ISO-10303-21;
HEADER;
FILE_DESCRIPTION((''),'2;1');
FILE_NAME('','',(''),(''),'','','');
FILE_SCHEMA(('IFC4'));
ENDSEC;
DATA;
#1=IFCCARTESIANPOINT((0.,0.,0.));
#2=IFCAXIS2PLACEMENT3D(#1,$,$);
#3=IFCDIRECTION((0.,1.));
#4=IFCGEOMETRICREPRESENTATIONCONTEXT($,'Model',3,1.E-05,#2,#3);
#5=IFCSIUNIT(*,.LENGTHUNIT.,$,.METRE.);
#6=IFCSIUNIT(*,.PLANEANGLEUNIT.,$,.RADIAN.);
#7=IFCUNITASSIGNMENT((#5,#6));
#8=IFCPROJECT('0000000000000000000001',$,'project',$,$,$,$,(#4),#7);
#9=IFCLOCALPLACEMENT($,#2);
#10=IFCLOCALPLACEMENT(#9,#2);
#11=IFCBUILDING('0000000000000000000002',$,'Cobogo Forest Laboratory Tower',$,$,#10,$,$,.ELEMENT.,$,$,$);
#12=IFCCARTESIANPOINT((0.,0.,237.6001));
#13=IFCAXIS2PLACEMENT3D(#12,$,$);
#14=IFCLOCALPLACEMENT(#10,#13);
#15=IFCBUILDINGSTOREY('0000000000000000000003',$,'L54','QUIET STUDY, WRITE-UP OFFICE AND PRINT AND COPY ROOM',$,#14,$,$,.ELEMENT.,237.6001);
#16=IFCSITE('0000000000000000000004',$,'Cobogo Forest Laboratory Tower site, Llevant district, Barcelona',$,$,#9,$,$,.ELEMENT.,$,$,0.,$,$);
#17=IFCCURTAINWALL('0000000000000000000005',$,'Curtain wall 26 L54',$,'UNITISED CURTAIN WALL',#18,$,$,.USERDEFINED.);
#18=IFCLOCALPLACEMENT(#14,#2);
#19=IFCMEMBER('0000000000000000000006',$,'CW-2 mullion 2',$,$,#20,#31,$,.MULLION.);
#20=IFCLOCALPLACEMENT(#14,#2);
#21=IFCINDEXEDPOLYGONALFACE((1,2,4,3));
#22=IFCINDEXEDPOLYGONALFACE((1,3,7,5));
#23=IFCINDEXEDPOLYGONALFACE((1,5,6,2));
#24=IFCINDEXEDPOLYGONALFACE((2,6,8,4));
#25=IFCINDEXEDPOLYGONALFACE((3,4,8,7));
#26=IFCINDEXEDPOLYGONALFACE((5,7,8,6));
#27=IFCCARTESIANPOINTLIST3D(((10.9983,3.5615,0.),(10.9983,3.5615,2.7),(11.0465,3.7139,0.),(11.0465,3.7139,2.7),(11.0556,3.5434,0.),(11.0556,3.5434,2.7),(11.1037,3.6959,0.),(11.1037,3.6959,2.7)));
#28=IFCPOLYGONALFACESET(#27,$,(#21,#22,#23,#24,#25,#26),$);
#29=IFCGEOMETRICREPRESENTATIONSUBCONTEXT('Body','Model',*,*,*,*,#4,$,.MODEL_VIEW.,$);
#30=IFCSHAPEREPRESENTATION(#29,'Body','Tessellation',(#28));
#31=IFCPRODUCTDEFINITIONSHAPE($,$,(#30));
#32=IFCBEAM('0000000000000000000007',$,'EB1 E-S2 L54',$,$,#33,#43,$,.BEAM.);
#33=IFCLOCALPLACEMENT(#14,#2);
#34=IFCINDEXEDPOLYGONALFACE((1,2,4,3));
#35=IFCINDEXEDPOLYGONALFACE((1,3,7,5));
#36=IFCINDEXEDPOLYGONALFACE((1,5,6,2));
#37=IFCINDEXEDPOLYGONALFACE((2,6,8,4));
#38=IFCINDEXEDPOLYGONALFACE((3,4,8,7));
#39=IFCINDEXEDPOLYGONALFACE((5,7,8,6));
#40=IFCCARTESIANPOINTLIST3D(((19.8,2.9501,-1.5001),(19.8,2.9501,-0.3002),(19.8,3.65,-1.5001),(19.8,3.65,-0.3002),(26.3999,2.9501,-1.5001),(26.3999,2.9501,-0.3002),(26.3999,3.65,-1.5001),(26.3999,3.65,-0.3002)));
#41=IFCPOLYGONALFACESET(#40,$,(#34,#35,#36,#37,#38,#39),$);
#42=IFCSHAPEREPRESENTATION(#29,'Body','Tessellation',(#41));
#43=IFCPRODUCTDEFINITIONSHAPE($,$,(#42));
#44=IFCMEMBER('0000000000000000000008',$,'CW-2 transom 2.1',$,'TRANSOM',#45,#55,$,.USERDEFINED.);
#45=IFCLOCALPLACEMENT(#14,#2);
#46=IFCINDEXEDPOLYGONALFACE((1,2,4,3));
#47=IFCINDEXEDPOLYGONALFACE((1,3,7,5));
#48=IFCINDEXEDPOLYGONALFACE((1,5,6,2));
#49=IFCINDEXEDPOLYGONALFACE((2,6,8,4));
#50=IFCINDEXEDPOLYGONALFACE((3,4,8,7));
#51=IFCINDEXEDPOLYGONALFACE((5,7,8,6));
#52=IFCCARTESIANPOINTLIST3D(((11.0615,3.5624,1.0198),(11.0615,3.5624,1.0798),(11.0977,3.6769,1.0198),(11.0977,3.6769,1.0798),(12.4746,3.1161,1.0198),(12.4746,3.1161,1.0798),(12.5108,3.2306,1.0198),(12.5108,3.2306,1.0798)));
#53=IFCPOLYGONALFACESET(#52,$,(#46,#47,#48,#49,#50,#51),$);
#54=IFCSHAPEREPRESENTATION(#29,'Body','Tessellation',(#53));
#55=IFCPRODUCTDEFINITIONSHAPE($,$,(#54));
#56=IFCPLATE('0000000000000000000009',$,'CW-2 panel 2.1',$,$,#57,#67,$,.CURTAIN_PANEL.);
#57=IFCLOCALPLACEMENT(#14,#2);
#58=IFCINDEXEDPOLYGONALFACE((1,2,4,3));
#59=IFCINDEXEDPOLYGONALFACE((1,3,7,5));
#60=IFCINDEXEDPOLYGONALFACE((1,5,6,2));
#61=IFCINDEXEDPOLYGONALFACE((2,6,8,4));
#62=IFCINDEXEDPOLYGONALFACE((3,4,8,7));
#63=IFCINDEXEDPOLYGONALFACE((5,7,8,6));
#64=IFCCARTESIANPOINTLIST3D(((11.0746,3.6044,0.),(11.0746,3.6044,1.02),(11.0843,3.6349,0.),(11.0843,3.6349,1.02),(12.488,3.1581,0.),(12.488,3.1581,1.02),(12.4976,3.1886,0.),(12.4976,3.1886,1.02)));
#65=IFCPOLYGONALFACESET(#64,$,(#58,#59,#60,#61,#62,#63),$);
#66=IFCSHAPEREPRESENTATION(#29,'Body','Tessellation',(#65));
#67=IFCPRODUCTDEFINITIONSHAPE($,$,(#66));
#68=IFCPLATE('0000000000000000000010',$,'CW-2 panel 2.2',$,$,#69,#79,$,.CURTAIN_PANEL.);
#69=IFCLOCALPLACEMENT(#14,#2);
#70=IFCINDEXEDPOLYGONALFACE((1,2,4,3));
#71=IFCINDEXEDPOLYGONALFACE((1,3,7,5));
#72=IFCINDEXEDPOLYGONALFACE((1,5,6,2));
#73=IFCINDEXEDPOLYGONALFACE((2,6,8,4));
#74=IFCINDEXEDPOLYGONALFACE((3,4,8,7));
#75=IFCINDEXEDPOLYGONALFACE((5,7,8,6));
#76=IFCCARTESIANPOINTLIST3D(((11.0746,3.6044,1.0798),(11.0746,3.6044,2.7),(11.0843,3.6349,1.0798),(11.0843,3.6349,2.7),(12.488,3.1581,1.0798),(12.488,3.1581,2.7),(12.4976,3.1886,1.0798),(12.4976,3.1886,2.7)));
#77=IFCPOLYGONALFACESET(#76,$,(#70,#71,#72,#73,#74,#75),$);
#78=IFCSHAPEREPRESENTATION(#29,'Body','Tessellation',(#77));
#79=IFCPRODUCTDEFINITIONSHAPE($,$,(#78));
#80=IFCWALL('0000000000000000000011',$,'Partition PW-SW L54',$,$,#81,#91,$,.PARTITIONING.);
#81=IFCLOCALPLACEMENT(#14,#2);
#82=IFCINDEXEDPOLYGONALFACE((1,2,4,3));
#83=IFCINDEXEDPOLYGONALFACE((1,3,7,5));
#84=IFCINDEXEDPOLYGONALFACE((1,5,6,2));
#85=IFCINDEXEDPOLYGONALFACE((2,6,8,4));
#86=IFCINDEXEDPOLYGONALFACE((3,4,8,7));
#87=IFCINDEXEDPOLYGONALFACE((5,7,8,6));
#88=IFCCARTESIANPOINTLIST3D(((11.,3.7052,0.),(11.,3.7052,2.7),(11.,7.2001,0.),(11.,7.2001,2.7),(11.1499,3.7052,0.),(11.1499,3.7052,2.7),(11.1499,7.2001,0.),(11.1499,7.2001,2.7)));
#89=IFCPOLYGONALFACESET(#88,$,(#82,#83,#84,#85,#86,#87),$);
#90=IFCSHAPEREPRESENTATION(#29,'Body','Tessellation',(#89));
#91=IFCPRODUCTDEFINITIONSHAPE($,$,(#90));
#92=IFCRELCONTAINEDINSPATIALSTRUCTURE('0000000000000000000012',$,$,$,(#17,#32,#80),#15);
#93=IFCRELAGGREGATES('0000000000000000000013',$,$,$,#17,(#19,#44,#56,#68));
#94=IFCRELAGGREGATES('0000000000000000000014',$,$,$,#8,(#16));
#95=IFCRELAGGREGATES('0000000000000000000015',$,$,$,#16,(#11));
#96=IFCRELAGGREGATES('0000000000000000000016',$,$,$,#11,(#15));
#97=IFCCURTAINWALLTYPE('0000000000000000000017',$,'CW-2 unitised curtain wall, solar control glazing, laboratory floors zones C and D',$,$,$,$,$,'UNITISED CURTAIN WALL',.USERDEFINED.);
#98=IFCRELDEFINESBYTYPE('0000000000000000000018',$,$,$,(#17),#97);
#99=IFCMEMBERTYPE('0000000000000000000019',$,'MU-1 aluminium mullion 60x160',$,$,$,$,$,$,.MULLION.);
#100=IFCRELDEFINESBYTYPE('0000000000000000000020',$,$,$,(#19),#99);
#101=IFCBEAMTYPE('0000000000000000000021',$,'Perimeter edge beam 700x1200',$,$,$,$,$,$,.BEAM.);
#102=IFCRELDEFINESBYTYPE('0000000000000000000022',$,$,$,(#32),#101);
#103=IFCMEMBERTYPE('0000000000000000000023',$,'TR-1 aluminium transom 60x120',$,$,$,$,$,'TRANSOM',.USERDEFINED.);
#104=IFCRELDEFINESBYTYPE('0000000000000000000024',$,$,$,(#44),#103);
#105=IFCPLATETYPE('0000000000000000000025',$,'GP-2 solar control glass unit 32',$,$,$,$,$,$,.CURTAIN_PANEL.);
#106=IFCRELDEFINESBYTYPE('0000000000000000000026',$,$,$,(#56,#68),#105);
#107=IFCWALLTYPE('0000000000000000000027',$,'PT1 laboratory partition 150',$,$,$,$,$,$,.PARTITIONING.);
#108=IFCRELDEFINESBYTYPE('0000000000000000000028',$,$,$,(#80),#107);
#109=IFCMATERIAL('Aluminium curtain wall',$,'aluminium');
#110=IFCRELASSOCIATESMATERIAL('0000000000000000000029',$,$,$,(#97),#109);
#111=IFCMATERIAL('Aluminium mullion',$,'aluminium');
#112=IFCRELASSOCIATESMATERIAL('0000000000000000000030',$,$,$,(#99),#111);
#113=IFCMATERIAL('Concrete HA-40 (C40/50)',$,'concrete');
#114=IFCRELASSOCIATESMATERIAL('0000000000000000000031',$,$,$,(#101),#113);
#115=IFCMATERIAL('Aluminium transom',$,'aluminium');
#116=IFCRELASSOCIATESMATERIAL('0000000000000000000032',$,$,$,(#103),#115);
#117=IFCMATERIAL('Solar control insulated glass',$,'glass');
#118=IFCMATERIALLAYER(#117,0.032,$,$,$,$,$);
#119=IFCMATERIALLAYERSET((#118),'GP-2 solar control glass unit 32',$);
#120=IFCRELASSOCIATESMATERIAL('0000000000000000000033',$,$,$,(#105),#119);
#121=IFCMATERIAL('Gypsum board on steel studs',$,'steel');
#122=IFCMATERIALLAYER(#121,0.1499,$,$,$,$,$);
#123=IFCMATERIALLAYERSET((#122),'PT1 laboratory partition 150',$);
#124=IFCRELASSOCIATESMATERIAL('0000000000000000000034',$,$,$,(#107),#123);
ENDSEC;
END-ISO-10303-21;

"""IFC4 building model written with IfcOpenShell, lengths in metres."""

from ifc_helpers import new_model, si_unit, direction, frame, frame_2d, origin, origin_2d, place, context, subcontext, project, spatial, rectangle, extrude, material, layer, layer_set, material_profile, profile_set, type_object, element, aggregate, save


model = new_model("IFC4")

# Units and contexts
model_context = context("Model", 3, precision=1e-05, world=origin(), true_north=direction((0.0, 1.0)))
body_context = subcontext(model_context, "Body", "Model", "MODEL_VIEW")
ifc_project = project(units=[si_unit("LENGTHUNIT", "METRE"), si_unit("PLANEANGLEUNIT", "RADIAN")], contexts=[model_context])

# Site, building, storey
site_placement = place(None, origin())
site = spatial("IfcSite", under=ifc_project, at=site_placement, Name="Cobogo Forest Laboratory Tower site, Llevant district, Barcelona", CompositionType="ELEMENT", RefElevation=0.0)
building_placement = place(site_placement, origin())
building = spatial("IfcBuilding", under=site, at=building_placement, Name="Cobogo Forest Laboratory Tower", CompositionType="ELEMENT")
storey_placement = place(building_placement, frame((0.0, 0.0, 237.6001)))
storey = spatial("IfcBuildingStorey", under=building, at=storey_placement, Name="L54", Description="QUIET STUDY, WRITE-UP OFFICE AND PRINT AND COPY ROOM", CompositionType="ELEMENT", Elevation=237.6001)

# Curtain wall, member
ifc_material_1 = material(Name="Aluminium curtain wall", Category="aluminium")
curtain_wall_type = type_object("IfcCurtainWallType", Name="CW-2 unitised curtain wall, solar control glazing, laboratory floors zones C and D", ElementType="UNITISED CURTAIN WALL", PredefinedType="USERDEFINED", material=ifc_material_1)
curtain_wall_placement = place(storey_placement, origin())
curtain_wall = element("IfcCurtainWall", 1, at=curtain_wall_placement, inside=storey, type_object=curtain_wall_type, Name="Curtain wall 26 L54", ObjectType="UNITISED CURTAIN WALL", PredefinedType="USERDEFINED")
ifc_material_2 = material(Name="Aluminium mullion", Category="aluminium")
ifc_material_profile_1 = material_profile(ifc_material_2, rectangle(XDim=0.0601, YDim=0.1599, at=origin_2d()), Name="AL 60x160")
ifc_profile_set_1 = profile_set([ifc_material_profile_1], Name="Aluminium mullion")
member_type_1 = type_object("IfcMemberType", Name="MU-1 aluminium mullion 60x160", PredefinedType="MULLION", material=ifc_profile_set_1)
member_1_placement = place(storey_placement, frame((11.051, 3.6287, 0.0), z_axis=(0.0, 0.0, 1.0), x_axis=(0.953581, -0.301136, 0.0)))
member_1 = element("IfcMember", 2, at=member_1_placement, type_object=member_type_1, Name="CW-2 mullion 2", PredefinedType="MULLION", context=body_context, shape_type="SweptSolid", body=[
    extrude(rectangle(XDim=0.0601, YDim=0.1599, at=origin_2d()), origin(), (0.0, 0.0, 1.0), 2.7),
])

# Beam
ifc_material_3 = material(Name="Concrete HA-40 (C40/50)", Category="concrete")
ifc_material_profile_2 = material_profile(ifc_material_3, rectangle(XDim=0.7, YDim=1.2, at=origin_2d()), Name="RC 700x1200")
ifc_profile_set_2 = profile_set([ifc_material_profile_2], Name="Concrete HA-40 (C40/50)")
beam_type = type_object("IfcBeamType", Name="Perimeter edge beam 700x1200", PredefinedType="BEAM", material=ifc_profile_set_2)
beam_placement = place(storey_placement, frame((19.8, 3.3, -0.9001), z_axis=(1.0, 0.0, 0.0), x_axis=(0.0, 1.0, 0.0)))
element("IfcBeam", 3, at=beam_placement, inside=storey, type_object=beam_type, Name="EB1 E-S2 L54", PredefinedType="BEAM", context=body_context, shape_type="SweptSolid", body=[
    extrude(rectangle(XDim=0.7, YDim=1.2, at=origin_2d()), origin(), (0.0, 0.0, 1.0), 6.5999),
])

# Member
ifc_material_4 = material(Name="Aluminium transom", Category="aluminium")
ifc_material_profile_3 = material_profile(ifc_material_4, rectangle(XDim=0.1201, YDim=0.0601, at=origin_2d()), Name="AL 60x120")
ifc_profile_set_3 = profile_set([ifc_material_profile_3], Name="Aluminium transom")
member_type_2 = type_object("IfcMemberType", Name="TR-1 aluminium transom 60x120", ElementType="TRANSOM", PredefinedType="USERDEFINED", material=ifc_profile_set_3)
member_2_placement = place(storey_placement, frame((11.0796, 3.6196, 1.0498), z_axis=(0.953573, -0.301163, 0.0), x_axis=(0.301163, 0.953573, 0.0)))
member_2 = element("IfcMember", 4, at=member_2_placement, type_object=member_type_2, Name="CW-2 transom 2.1", ObjectType="TRANSOM", PredefinedType="USERDEFINED", context=body_context, shape_type="SweptSolid", body=[
    extrude(rectangle(XDim=0.1201, YDim=0.0601, at=origin_2d()), origin(), (0.0, 0.0, 1.0), 1.4819),
])

# Plates
ifc_material_5 = material(Name="Solar control insulated glass", Category="glass")
ifc_layer_1 = layer(ifc_material_5, 0.032)
ifc_layer_set_1 = layer_set([ifc_layer_1], Name="GP-2 solar control glass unit 32")
plate_type = type_object("IfcPlateType", Name="GP-2 solar control glass unit 32", PredefinedType="CURTAIN_PANEL", material=ifc_layer_set_1)
plate_1_placement = place(storey_placement, frame((11.7861, 3.3965, 0.0), z_axis=(0.0, 0.0, 1.0), x_axis=(0.953581, -0.301136, 0.0)))
plate_1 = element("IfcPlate", 5, at=plate_1_placement, type_object=plate_type, Name="CW-2 panel 2.1", PredefinedType="CURTAIN_PANEL", context=body_context, shape_type="SweptSolid", body=[
    extrude(rectangle(XDim=1.4822, YDim=0.032, at=origin_2d()), origin(), (0.0, 0.0, 1.0), 1.02),
])
plate_2_placement = place(storey_placement, frame((11.7861, 3.3965, 1.0798), z_axis=(0.0, 0.0, 1.0), x_axis=(0.953581, -0.301136, 0.0)))
plate_2 = element("IfcPlate", 6, at=plate_2_placement, type_object=plate_type, Name="CW-2 panel 2.2", PredefinedType="CURTAIN_PANEL", context=body_context, shape_type="SweptSolid", body=[
    extrude(rectangle(XDim=1.4822, YDim=0.032, at=origin_2d()), origin(), (0.0, 0.0, 1.0), 1.6201),
])
aggregate(curtain_wall, [member_1, member_2, plate_1, plate_2])

# Wall
ifc_material_6 = material(Name="Gypsum board on steel studs", Category="steel")
ifc_layer_2 = layer(ifc_material_6, 0.1499)
ifc_layer_set_2 = layer_set([ifc_layer_2], Name="PT1 laboratory partition 150")
wall_type = type_object("IfcWallType", Name="PT1 laboratory partition 150", PredefinedType="PARTITIONING", material=ifc_layer_set_2)
wall_placement = place(storey_placement, frame((11.075, 3.7051, 0.0), z_axis=(0.0, 0.0, 1.0), x_axis=(0.0, 1.0, 0.0)))
element("IfcWall", 7, at=wall_placement, inside=storey, type_object=wall_type, Name="Partition PW-SW L54", PredefinedType="PARTITIONING", context=body_context, shape_type="SweptSolid", body=[
    extrude(rectangle(XDim=3.4949, YDim=0.1499, at=frame_2d((1.7476, 0.0))), origin(), (0.0, 0.0, 1.0), 2.7),
])

save(model, "model.ifc")
